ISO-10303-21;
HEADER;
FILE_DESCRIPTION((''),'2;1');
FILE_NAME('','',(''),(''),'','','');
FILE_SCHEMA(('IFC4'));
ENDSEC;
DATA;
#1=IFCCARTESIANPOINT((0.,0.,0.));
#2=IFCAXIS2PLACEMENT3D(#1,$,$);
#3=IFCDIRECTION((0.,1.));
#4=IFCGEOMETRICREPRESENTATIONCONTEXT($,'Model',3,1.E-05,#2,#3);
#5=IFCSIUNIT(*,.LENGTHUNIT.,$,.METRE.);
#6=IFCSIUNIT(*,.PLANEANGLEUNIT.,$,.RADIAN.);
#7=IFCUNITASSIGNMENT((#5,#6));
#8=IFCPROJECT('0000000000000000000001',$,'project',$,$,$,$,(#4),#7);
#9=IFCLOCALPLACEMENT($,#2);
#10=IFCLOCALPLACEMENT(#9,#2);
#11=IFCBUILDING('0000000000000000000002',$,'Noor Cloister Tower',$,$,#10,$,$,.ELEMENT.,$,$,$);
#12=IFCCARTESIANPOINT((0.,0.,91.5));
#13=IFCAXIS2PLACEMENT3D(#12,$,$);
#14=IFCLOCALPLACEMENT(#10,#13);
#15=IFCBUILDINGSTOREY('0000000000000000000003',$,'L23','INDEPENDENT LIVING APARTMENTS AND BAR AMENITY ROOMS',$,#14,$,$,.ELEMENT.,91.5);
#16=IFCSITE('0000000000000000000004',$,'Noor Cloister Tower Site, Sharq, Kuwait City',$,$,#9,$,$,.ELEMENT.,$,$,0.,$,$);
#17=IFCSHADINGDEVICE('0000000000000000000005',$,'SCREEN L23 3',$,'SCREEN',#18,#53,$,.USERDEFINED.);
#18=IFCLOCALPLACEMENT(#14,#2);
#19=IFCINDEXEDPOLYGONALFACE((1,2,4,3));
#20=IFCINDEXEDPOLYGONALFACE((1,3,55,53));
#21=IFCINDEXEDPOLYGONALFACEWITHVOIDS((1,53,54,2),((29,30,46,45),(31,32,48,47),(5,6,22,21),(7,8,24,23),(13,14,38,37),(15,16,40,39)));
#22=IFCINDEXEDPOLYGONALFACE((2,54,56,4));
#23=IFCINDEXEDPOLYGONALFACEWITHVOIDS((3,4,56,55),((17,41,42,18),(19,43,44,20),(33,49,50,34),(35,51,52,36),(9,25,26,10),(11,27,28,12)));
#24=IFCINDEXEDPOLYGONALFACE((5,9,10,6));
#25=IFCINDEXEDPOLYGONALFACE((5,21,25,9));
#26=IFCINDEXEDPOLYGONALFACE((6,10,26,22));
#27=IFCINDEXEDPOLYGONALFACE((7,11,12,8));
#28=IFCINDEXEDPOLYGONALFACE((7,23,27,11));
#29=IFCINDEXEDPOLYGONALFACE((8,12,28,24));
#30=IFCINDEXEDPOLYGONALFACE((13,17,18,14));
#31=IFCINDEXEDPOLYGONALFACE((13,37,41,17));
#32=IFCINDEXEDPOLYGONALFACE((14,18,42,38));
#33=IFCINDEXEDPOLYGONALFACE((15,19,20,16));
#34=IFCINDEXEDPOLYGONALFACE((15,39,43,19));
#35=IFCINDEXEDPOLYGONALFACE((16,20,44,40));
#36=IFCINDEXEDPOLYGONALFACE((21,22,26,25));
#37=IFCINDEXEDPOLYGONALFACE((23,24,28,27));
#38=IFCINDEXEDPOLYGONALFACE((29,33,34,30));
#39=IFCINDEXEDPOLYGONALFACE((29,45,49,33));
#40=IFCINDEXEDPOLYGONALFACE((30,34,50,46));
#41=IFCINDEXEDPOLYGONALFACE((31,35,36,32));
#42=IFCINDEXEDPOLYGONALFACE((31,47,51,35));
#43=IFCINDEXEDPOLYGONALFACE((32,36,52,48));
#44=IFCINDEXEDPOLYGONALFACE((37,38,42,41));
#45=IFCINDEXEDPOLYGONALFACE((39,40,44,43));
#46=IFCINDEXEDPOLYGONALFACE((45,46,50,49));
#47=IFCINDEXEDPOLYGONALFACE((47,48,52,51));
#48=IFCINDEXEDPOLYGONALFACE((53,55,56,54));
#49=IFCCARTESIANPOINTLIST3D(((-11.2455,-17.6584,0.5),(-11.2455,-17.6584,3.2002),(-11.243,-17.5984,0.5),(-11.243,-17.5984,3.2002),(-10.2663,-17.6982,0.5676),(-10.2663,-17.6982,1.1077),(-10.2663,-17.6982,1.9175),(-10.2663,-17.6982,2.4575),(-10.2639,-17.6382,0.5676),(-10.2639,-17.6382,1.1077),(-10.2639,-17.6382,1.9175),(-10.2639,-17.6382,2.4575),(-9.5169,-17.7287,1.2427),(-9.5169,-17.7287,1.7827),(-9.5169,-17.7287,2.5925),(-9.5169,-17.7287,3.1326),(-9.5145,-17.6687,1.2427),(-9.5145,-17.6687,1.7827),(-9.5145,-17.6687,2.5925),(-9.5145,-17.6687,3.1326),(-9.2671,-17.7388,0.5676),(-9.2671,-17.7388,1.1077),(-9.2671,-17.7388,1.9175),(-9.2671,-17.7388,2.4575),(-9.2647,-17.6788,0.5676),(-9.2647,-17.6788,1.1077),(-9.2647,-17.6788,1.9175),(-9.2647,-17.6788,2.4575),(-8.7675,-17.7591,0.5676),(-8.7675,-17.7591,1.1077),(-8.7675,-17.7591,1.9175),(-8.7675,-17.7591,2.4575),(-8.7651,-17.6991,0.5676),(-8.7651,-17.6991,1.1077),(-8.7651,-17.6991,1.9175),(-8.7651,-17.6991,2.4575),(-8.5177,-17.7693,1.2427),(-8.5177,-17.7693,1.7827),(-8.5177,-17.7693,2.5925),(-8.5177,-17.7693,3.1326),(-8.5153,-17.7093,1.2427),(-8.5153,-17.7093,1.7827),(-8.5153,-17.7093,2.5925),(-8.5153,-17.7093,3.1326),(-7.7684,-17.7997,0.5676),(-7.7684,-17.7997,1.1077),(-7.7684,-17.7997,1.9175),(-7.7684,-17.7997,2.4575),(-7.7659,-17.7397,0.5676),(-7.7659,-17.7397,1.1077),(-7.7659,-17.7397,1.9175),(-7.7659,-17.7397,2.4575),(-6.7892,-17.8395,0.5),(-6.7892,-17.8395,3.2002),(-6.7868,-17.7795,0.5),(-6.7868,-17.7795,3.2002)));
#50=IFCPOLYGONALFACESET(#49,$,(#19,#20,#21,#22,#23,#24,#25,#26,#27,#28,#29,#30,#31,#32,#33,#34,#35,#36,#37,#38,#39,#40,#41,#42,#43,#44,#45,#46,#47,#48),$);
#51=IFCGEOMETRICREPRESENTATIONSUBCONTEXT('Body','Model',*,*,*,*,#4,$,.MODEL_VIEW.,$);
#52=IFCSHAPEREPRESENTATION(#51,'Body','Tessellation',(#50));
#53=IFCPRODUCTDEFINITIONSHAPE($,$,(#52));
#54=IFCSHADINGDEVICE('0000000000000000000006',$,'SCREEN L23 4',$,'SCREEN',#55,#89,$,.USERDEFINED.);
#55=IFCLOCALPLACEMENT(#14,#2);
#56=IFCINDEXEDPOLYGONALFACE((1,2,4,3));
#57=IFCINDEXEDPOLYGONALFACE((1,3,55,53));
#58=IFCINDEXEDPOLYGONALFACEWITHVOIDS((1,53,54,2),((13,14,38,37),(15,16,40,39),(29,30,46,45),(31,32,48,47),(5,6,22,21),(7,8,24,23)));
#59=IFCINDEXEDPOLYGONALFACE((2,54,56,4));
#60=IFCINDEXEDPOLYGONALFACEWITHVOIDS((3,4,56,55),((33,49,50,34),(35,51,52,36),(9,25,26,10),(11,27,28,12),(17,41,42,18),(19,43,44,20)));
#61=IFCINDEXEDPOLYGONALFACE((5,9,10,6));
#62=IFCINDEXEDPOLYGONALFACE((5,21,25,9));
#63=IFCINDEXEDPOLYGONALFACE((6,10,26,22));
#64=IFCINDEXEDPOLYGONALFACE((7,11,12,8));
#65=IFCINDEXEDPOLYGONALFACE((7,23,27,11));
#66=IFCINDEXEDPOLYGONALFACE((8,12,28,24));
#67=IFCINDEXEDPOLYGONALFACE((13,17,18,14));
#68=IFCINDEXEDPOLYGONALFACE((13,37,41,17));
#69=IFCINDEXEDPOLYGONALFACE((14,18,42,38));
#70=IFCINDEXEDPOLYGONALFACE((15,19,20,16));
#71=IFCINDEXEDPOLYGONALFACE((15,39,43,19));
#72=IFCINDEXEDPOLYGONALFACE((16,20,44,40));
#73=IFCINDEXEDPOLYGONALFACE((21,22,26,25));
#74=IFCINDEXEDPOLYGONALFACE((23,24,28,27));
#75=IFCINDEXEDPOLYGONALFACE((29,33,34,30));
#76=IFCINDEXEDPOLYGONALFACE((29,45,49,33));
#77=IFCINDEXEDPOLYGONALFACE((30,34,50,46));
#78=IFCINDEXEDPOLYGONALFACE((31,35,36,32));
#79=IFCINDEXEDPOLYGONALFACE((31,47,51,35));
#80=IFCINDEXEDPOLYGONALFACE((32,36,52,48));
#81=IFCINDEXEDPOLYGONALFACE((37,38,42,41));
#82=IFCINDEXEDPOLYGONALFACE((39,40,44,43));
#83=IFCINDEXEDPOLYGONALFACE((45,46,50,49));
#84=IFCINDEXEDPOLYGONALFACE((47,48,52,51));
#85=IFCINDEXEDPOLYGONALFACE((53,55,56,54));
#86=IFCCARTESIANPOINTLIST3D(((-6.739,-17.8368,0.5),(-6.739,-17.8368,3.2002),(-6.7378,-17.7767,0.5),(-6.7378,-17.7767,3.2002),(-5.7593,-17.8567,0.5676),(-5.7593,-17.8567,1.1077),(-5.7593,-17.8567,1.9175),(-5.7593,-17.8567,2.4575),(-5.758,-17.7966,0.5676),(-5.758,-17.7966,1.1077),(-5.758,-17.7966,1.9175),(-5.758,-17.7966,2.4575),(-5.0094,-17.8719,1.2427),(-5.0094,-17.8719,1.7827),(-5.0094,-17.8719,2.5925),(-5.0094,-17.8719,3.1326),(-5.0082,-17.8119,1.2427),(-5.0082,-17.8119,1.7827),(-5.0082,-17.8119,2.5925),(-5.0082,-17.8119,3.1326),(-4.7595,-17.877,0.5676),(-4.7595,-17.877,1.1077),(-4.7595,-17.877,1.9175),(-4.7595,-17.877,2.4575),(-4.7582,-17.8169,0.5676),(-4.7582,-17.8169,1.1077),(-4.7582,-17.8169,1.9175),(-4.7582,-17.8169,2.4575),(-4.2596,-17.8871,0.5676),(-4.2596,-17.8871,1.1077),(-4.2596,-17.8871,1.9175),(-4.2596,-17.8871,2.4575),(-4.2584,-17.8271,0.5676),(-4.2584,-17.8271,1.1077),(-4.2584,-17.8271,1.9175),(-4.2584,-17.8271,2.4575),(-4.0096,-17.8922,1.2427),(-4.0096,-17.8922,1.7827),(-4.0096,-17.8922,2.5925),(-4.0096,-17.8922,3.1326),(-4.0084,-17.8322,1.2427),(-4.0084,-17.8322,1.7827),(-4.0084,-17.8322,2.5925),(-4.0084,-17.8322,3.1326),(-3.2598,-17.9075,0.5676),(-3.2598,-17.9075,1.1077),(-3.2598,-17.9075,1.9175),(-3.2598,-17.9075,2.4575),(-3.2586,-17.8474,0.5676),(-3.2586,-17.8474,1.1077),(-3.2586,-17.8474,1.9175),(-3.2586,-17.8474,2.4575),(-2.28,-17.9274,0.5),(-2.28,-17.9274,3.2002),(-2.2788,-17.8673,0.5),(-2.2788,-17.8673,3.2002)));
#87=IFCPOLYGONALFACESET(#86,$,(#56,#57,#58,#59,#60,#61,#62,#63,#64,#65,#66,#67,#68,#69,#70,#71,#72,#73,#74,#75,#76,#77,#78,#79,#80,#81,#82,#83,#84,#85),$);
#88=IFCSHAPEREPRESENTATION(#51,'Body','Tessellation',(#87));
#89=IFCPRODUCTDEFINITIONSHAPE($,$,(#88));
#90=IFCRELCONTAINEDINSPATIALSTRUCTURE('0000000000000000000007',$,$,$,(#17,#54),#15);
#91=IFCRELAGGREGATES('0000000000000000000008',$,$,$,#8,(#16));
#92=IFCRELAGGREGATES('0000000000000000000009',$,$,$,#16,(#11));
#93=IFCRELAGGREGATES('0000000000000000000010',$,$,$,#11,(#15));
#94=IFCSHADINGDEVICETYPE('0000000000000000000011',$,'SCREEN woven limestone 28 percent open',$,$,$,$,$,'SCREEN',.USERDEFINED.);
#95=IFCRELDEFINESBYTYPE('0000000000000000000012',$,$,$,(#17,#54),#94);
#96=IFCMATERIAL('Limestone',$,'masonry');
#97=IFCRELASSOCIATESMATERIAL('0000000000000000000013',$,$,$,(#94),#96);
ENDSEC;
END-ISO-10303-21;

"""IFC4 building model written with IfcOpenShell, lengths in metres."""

from ifc_helpers import new_model, si_unit, direction, frame, origin, place, context, subcontext, project, spatial, polyline, outline, extrude, material, material_profile, profile_set, type_object, element, save


model = new_model("IFC4")

# Units and contexts
model_context = context("Model", 3, precision=1e-05, world=origin(), true_north=direction((0.0, 1.0)))
body_context = subcontext(model_context, "Body", "Model", "MODEL_VIEW")
ifc_project = project(units=[si_unit("LENGTHUNIT", "METRE"), si_unit("PLANEANGLEUNIT", "RADIAN")], contexts=[model_context])

# Site, building, storey
site_placement = place(None, origin())
site = spatial("IfcSite", under=ifc_project, at=site_placement, Name="Noor Cloister Tower Site, Sharq, Kuwait City", CompositionType="ELEMENT", RefElevation=0.0)
building_placement = place(site_placement, origin())
building = spatial("IfcBuilding", under=site, at=building_placement, Name="Noor Cloister Tower", CompositionType="ELEMENT")
storey_placement = place(building_placement, frame((0.0, 0.0, 91.5)))
storey = spatial("IfcBuildingStorey", under=building, at=storey_placement, Name="L23", Description="INDEPENDENT LIVING APARTMENTS AND BAR AMENITY ROOMS", CompositionType="ELEMENT", Elevation=91.5)

# Shading devices
ifc_material_1 = material(Name="Limestone", Category="masonry")
ifc_material_profile_1 = material_profile(ifc_material_1, outline(polyline([(-2.23, -1.3501), (2.23, -1.3501), (2.23, 1.3501), (-2.23, 1.3501), (-2.23, -1.3501)]), holes=[polyline([(-1.25, -1.2825), (-0.25, -1.2825), (-0.25, -0.7424), (-1.25, -0.7424), (-1.25, -1.2825)]), polyline([(0.25, -1.2825), (1.25, -1.2825), (1.25, -0.7424), (0.25, -0.7424), (0.25, -1.2825)]), polyline([(-0.5, -0.6074), (0.5, -0.6074), (0.5, -0.0674), (-0.5, -0.0674), (-0.5, -0.6074)]), polyline([(-1.25, 0.0674), (-0.25, 0.0674), (-0.25, 0.6074), (-1.25, 0.6074), (-1.25, 0.0674)]), polyline([(0.25, 0.0674), (1.25, 0.0674), (1.25, 0.6074), (0.25, 0.6074), (0.25, 0.0674)]), polyline([(-0.5, 0.7424), (0.5, 0.7424), (0.5, 1.2825), (-0.5, 1.2825), (-0.5, 0.7424)])]), Name="Woven screen 28 percent open")
ifc_profile_set_1 = profile_set([ifc_material_profile_1], Name="Limestone")
shading_device_type = type_object("IfcShadingDeviceType", Name="SCREEN woven limestone 28 percent open", ElementType="SCREEN", PredefinedType="USERDEFINED", material=ifc_profile_set_1)
for number, where, z_axis, x_axis, name in (
    (1, (-9.0149, -17.689, 1.8501), (-0.040617, -0.999175, 0.0), (0.999175, -0.040617, 0.0), "SCREEN L23 3"),
    (2, (-4.5083, -17.822, 1.8501), (-0.020321, -0.999794, 0.0), (0.999794, -0.020321, 0.0), "SCREEN L23 4"),
):
    element("IfcShadingDevice", number, at=place(storey_placement, frame(where, z_axis=z_axis, x_axis=x_axis)), inside=storey, type_object=shading_device_type, Name=name, ObjectType="SCREEN", PredefinedType="USERDEFINED", context=body_context, shape_type="SweptSolid", body=[
        extrude(outline(polyline([(-2.23, -1.3501), (2.23, -1.3501), (2.23, 1.3501), (-2.23, 1.3501), (-2.23, -1.3501)]), holes=[polyline([(-1.25, -1.2825), (-0.25, -1.2825), (-0.25, -0.7424), (-1.25, -0.7424), (-1.25, -1.2825)]), polyline([(0.25, -1.2825), (1.25, -1.2825), (1.25, -0.7424), (0.25, -0.7424), (0.25, -1.2825)]), polyline([(-0.5, -0.6074), (0.5, -0.6074), (0.5, -0.0674), (-0.5, -0.0674), (-0.5, -0.6074)]), polyline([(-1.25, 0.0674), (-0.25, 0.0674), (-0.25, 0.6074), (-1.25, 0.6074), (-1.25, 0.0674)]), polyline([(0.25, 0.0674), (1.25, 0.0674), (1.25, 0.6074), (0.25, 0.6074), (0.25, 0.0674)]), polyline([(-0.5, 0.7424), (0.5, 0.7424), (0.5, 1.2825), (-0.5, 1.2825), (-0.5, 0.7424)])]), origin(), (0.0, 0.0, 1.0), 0.0601),
    ])

save(model, "model.ifc")
